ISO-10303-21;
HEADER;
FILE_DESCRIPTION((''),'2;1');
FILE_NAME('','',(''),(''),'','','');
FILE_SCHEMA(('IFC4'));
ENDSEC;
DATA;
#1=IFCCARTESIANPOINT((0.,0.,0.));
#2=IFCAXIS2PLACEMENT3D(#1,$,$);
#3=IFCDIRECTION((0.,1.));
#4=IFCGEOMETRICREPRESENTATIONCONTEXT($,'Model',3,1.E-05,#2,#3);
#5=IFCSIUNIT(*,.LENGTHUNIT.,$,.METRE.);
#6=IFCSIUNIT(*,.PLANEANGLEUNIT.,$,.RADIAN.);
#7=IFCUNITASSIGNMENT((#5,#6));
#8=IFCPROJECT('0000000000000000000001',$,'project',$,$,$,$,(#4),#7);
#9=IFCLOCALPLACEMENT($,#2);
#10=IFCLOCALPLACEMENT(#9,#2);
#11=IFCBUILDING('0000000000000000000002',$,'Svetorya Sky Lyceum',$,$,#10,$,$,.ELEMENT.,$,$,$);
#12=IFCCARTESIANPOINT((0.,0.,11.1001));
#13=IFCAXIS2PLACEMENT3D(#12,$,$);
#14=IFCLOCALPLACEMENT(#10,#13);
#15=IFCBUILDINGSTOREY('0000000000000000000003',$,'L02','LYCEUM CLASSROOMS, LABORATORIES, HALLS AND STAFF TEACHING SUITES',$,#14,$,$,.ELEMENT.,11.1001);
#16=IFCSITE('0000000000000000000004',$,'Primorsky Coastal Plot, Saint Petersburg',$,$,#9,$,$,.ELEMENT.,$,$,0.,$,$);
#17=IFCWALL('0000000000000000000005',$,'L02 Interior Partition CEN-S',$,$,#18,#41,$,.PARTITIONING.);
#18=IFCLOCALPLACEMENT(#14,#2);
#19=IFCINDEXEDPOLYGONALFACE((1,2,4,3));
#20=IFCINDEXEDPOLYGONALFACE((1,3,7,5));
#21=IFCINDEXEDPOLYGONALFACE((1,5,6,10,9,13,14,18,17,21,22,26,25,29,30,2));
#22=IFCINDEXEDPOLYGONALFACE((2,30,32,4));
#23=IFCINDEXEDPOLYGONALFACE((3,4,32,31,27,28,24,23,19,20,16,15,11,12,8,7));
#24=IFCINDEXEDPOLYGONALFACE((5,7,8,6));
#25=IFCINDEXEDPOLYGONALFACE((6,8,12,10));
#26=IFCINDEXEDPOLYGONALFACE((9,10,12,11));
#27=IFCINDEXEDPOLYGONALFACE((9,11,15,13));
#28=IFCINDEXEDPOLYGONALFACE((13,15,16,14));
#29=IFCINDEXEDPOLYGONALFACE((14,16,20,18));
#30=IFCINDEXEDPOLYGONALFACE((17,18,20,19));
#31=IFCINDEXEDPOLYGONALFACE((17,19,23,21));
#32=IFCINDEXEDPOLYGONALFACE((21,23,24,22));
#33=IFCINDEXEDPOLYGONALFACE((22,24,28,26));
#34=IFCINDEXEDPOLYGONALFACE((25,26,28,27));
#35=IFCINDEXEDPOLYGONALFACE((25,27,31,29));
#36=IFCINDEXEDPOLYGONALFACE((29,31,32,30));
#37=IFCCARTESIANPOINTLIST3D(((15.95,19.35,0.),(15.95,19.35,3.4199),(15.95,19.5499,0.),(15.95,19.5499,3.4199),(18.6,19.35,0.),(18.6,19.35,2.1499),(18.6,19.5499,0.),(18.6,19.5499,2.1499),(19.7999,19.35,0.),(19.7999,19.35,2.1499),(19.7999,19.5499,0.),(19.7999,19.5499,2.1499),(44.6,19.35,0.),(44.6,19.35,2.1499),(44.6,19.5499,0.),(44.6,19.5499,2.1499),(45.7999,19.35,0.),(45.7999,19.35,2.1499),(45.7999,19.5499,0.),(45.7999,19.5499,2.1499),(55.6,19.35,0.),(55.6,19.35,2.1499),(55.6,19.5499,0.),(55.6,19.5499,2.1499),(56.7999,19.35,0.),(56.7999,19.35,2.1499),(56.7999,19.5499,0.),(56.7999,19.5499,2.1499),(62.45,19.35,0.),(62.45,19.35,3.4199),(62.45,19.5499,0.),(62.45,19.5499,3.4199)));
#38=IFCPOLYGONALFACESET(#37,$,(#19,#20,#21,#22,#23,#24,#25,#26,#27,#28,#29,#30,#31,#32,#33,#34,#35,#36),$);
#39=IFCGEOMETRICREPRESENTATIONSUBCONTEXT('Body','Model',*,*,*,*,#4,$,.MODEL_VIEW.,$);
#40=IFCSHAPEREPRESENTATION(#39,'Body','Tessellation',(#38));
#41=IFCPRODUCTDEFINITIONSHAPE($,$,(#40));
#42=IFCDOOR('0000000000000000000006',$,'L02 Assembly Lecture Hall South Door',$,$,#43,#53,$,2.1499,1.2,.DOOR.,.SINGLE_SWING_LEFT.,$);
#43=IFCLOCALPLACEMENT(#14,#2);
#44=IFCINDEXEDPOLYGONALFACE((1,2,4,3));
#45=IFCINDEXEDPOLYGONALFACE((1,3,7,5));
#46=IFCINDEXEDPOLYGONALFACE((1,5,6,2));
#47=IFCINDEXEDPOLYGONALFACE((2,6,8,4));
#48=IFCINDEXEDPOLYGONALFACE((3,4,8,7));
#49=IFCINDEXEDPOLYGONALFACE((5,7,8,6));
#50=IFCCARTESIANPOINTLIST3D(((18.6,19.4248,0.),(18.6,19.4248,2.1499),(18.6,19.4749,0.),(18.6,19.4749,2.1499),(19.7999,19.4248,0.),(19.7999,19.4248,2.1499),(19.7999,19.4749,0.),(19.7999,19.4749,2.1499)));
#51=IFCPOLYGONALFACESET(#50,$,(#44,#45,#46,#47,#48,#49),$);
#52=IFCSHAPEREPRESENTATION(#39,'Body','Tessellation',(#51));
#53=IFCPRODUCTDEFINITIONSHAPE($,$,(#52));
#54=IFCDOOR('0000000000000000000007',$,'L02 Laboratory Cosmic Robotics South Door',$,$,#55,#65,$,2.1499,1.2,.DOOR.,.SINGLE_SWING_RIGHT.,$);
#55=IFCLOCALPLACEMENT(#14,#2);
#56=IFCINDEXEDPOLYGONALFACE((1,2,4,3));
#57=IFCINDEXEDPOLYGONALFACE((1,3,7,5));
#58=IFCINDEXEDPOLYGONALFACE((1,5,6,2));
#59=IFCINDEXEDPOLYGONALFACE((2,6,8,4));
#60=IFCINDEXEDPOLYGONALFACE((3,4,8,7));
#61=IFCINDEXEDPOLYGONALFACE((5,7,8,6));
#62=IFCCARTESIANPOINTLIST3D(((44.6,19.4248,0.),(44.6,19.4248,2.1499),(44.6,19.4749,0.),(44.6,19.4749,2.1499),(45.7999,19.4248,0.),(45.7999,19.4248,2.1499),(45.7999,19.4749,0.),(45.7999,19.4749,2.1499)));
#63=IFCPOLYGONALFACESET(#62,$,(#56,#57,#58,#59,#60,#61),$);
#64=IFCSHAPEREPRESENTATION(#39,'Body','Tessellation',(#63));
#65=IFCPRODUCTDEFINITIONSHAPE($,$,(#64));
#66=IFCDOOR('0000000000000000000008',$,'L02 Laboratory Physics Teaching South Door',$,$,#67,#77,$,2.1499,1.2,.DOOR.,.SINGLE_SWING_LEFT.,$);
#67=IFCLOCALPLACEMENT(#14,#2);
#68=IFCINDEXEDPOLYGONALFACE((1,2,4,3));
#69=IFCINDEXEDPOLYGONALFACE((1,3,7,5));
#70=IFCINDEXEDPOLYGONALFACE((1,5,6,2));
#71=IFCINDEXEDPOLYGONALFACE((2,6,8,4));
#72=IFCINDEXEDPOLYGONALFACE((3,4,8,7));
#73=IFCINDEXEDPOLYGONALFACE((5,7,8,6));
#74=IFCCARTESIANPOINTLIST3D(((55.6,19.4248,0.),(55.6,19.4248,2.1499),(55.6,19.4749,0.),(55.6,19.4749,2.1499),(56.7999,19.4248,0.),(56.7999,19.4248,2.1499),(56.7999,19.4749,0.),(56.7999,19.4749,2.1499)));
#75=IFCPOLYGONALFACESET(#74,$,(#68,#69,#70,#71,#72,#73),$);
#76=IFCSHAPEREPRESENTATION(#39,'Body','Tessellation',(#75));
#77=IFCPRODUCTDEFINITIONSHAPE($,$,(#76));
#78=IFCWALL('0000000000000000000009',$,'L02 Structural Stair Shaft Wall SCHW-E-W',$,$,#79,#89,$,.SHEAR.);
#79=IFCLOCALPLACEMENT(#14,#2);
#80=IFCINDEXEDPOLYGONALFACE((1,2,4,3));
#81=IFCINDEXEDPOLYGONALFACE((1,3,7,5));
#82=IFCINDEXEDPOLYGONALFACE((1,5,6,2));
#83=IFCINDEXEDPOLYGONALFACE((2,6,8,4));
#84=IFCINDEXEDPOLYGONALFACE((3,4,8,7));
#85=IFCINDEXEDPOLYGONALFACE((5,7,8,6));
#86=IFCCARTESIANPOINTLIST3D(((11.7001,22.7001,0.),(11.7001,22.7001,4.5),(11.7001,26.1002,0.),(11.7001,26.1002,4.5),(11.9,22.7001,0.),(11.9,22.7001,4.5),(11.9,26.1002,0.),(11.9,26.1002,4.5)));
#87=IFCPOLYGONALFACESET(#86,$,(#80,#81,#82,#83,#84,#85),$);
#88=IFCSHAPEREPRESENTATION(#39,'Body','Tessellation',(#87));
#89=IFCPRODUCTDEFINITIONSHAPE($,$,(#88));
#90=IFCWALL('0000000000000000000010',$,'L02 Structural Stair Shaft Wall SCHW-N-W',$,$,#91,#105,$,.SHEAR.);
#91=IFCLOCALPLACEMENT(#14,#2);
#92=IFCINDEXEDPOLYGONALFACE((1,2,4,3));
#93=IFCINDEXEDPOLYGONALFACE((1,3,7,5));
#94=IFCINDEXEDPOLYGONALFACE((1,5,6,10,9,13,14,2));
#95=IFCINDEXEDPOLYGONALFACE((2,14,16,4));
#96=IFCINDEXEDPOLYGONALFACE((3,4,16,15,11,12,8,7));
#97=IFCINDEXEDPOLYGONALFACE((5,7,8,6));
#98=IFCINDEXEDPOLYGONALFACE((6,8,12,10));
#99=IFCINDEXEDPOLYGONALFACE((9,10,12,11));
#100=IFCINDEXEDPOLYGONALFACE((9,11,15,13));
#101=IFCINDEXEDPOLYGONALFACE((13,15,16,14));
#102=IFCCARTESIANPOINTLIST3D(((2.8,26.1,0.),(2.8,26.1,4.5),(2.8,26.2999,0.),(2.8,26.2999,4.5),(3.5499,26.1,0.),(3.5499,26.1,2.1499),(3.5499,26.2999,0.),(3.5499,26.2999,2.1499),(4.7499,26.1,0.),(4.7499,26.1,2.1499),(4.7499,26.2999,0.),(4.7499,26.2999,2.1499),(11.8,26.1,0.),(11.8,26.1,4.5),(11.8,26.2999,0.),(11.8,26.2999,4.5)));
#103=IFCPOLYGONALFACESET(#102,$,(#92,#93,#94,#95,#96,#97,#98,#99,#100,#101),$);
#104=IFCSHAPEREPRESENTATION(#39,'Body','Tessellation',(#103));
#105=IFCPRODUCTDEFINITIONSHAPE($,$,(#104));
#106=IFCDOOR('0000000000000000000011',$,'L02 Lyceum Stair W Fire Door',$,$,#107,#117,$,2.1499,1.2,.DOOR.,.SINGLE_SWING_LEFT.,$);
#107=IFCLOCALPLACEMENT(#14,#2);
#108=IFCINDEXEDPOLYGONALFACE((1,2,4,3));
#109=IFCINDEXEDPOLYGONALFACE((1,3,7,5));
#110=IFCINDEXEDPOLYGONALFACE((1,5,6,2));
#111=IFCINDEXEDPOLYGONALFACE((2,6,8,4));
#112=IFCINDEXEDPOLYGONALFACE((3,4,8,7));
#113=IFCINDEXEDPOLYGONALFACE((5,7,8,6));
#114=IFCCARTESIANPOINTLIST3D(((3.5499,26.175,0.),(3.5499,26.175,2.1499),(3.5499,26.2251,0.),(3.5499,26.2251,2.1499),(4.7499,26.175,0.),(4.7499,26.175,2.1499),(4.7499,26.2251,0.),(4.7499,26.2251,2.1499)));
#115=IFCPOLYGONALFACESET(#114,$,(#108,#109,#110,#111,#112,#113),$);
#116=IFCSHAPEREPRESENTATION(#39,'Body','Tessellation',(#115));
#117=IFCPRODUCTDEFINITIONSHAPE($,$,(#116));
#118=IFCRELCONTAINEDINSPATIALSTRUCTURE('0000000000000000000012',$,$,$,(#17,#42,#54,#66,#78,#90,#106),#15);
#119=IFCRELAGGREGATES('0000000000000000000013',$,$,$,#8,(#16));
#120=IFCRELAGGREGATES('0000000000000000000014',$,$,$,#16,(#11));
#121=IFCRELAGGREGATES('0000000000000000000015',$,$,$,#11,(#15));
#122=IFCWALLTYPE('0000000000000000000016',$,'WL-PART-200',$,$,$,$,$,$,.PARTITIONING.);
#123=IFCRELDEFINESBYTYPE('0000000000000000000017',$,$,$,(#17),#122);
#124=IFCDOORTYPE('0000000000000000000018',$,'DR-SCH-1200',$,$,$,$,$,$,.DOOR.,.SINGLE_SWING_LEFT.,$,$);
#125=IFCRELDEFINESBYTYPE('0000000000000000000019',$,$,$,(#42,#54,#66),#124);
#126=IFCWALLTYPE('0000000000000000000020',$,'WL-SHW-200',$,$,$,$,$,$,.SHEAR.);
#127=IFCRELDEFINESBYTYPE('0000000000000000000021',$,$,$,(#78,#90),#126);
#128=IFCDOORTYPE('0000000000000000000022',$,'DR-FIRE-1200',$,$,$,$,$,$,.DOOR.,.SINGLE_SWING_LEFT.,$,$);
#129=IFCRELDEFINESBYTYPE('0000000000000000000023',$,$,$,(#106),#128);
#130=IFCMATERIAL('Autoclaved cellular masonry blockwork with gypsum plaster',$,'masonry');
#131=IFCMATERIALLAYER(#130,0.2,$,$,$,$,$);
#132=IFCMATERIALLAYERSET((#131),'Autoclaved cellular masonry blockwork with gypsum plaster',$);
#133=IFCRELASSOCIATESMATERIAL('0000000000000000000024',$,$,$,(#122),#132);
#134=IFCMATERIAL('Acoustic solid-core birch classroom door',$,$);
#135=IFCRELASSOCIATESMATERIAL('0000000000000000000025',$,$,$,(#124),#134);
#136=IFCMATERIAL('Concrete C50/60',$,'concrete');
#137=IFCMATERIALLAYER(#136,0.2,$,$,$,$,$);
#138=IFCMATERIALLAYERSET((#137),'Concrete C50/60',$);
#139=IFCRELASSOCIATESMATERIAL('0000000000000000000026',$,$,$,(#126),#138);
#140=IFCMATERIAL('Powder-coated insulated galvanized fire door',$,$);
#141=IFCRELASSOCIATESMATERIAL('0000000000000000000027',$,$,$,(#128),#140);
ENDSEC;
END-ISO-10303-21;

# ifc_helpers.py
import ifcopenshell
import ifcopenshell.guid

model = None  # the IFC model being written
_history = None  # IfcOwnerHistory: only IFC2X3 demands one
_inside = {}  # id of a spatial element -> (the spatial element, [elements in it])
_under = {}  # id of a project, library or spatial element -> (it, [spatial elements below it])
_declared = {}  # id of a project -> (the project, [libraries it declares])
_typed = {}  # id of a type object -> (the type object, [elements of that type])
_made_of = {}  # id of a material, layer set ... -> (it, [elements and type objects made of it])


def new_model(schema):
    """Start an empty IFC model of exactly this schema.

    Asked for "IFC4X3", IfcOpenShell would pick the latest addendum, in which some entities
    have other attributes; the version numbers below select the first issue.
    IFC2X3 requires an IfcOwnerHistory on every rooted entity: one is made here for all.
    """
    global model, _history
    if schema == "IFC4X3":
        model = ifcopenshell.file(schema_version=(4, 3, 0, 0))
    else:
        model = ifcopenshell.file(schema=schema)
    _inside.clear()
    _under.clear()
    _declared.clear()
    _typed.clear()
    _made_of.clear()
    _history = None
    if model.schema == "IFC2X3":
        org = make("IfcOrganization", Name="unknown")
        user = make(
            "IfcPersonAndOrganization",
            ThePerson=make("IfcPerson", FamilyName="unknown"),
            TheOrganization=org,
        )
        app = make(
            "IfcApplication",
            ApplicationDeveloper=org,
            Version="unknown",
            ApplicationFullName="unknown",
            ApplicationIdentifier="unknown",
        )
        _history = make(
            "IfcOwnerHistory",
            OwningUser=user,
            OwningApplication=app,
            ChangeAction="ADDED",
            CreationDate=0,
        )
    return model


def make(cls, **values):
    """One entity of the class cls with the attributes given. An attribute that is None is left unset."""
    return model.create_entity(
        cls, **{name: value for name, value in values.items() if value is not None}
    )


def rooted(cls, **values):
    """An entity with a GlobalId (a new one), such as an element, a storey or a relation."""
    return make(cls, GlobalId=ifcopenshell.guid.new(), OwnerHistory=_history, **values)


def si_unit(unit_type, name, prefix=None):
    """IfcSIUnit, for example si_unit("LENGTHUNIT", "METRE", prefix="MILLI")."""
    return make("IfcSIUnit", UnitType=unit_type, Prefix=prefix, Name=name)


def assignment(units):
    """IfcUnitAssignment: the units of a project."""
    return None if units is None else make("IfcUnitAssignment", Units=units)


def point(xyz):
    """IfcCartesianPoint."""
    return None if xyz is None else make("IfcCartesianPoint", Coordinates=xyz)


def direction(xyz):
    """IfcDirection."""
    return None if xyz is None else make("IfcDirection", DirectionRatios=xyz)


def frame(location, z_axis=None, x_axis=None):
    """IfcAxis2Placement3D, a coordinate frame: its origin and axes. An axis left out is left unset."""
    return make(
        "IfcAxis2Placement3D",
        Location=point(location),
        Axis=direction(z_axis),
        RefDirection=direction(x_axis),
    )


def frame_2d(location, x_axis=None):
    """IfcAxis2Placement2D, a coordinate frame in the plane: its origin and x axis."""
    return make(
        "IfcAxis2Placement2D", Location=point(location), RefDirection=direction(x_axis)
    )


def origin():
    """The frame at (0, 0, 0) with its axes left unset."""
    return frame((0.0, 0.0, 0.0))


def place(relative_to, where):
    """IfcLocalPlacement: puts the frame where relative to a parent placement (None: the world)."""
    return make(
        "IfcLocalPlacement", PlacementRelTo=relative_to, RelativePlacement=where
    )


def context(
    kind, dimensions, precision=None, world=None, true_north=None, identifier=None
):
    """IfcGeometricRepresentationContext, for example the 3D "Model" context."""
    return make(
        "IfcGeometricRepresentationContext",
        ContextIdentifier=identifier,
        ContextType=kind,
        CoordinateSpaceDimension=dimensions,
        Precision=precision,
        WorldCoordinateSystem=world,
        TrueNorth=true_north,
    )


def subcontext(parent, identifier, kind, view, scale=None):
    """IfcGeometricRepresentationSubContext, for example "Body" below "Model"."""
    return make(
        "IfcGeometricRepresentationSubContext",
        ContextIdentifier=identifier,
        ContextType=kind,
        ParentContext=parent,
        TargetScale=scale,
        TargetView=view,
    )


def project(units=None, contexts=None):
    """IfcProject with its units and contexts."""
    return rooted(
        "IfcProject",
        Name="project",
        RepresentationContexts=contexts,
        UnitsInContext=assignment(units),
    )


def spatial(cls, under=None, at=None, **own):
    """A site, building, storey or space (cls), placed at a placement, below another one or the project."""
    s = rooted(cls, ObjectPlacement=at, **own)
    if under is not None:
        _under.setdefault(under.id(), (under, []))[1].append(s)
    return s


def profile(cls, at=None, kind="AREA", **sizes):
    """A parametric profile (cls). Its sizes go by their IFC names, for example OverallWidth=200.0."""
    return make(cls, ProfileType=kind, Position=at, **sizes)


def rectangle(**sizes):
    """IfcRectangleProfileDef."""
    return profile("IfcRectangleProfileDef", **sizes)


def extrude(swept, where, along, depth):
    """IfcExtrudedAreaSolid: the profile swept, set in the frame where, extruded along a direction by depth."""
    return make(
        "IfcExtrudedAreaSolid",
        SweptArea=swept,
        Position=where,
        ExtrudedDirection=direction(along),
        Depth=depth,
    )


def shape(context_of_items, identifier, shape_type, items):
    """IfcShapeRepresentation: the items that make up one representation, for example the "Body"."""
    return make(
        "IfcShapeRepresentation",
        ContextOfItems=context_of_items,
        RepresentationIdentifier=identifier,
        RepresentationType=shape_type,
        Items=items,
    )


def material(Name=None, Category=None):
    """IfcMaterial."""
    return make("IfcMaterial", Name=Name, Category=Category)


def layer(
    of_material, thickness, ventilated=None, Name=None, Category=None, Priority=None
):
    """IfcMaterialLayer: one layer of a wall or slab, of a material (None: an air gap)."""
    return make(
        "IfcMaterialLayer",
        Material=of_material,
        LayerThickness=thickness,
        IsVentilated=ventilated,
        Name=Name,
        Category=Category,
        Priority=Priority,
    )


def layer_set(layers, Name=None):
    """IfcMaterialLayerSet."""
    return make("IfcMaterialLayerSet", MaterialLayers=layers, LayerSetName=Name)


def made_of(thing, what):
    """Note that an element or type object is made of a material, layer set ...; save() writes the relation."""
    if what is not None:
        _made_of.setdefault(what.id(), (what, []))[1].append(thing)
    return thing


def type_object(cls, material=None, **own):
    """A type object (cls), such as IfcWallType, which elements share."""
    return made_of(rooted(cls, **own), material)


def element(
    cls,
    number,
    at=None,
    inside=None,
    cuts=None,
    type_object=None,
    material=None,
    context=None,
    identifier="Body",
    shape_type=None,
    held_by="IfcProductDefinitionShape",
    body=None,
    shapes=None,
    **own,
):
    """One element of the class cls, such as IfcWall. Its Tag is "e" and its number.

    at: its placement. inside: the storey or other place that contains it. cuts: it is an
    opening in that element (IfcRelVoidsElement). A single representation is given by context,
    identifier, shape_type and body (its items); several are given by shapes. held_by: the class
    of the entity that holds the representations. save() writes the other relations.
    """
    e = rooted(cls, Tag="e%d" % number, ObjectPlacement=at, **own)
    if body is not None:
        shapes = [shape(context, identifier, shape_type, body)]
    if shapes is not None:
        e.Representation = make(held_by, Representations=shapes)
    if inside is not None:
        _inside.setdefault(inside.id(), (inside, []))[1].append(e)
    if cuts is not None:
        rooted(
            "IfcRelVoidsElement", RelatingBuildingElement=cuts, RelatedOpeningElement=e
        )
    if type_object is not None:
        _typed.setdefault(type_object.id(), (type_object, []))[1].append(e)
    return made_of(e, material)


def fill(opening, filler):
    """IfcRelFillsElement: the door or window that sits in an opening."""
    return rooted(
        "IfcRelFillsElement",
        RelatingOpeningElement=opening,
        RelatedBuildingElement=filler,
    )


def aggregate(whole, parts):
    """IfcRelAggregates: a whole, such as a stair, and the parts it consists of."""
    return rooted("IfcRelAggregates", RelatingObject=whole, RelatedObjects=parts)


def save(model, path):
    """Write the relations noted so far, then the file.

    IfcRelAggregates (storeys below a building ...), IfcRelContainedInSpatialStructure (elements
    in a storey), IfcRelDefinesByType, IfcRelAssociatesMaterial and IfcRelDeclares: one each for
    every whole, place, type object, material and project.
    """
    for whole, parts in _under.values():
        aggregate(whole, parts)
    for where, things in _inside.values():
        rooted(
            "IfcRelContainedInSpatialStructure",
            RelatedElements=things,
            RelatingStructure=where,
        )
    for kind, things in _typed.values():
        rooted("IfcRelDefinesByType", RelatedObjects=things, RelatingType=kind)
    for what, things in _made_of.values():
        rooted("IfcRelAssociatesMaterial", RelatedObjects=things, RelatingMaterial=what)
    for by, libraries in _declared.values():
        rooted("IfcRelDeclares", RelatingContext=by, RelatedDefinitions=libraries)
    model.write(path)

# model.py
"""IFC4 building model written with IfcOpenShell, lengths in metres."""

from ifc_helpers import new_model, si_unit, direction, frame, frame_2d, origin, place, context, subcontext, project, spatial, rectangle, extrude, material, layer, layer_set, type_object, element, fill, save


model = new_model("IFC4")

# Units and contexts
model_context = context("Model", 3, precision=1e-05, world=origin(), true_north=direction((0.0, 1.0)))
body_context = subcontext(model_context, "Body", "Model", "MODEL_VIEW")
ifc_project = project(units=[si_unit("LENGTHUNIT", "METRE"), si_unit("PLANEANGLEUNIT", "RADIAN")], contexts=[model_context])

# Site, building, storey
site_placement = place(None, origin())
site = spatial("IfcSite", under=ifc_project, at=site_placement, Name="Primorsky Coastal Plot, Saint Petersburg", CompositionType="ELEMENT", RefElevation=0.0)
building_placement = place(site_placement, origin())
building = spatial("IfcBuilding", under=site, at=building_placement, Name="Svetorya Sky Lyceum", CompositionType="ELEMENT")
storey_placement = place(building_placement, frame((0.0, 0.0, 11.1001)))
storey = spatial("IfcBuildingStorey", under=building, at=storey_placement, Name="L02", Description="LYCEUM CLASSROOMS, LABORATORIES, HALLS AND STAFF TEACHING SUITES", CompositionType="ELEMENT", Elevation=11.1001)

# Shared definitions
ifc_material_1 = material(Name="Autoclaved cellular masonry blockwork with gypsum plaster", Category="masonry")
ifc_layer_1 = layer(ifc_material_1, 0.2)
ifc_layer_set_1 = layer_set([ifc_layer_1], Name="Autoclaved cellular masonry blockwork with gypsum plaster")
wall_type_1 = type_object("IfcWallType", Name="WL-PART-200", PredefinedType="PARTITIONING", material=ifc_layer_set_1)

# Wall, openings, doors
wall_1_placement = place(storey_placement, frame((15.95, 19.45, 0.0), z_axis=(0.0, 0.0, 1.0), x_axis=(1.0, 0.0, 0.0)))
wall_1 = element("IfcWall", 1, at=wall_1_placement, inside=storey, type_object=wall_type_1, Name="L02 Interior Partition CEN-S", PredefinedType="PARTITIONING", context=body_context, shape_type="SweptSolid", body=[
    extrude(rectangle(XDim=46.5, YDim=0.2, at=frame_2d((23.25, 0.0))), origin(), (0.0, 0.0, 1.0), 3.4199),
])
opening_1_placement = place(wall_1_placement, frame((2.6499, 0.0, 0.0)))
opening_1 = element("IfcOpeningElement", 2, at=opening_1_placement, cuts=wall_1, PredefinedType="OPENING", context=body_context, shape_type="SweptSolid", body=[
    extrude(rectangle(XDim=1.2, YDim=2.1499, at=frame_2d((0.6001, 1.075))), frame((0.0, 0.1099, 0.0), z_axis=(0.0, -1.0, 0.0), x_axis=(1.0, 0.0, 0.0)), (0.0, 0.0, 1.0), 0.22),
])
opening_2_placement = place(wall_1_placement, frame((28.6499, 0.0, 0.0)))
opening_2 = element("IfcOpeningElement", 3, at=opening_2_placement, cuts=wall_1, PredefinedType="OPENING", context=body_context, shape_type="SweptSolid", body=[
    extrude(rectangle(XDim=1.2, YDim=2.1499, at=frame_2d((0.6001, 1.075))), frame((0.0, 0.1099, 0.0), z_axis=(0.0, -1.0, 0.0), x_axis=(1.0, 0.0, 0.0)), (0.0, 0.0, 1.0), 0.22),
])
opening_3_placement = place(wall_1_placement, frame((39.6499, 0.0, 0.0)))
opening_3 = element("IfcOpeningElement", 4, at=opening_3_placement, cuts=wall_1, PredefinedType="OPENING", context=body_context, shape_type="SweptSolid", body=[
    extrude(rectangle(XDim=1.2, YDim=2.1499, at=frame_2d((0.6001, 1.075))), frame((0.0, 0.1099, 0.0), z_axis=(0.0, -1.0, 0.0), x_axis=(1.0, 0.0, 0.0)), (0.0, 0.0, 1.0), 0.22),
])
ifc_material_2 = material(Name="Acoustic solid-core birch classroom door")
door_type_1 = type_object("IfcDoorType", Name="DR-SCH-1200", OperationType="SINGLE_SWING_LEFT", PredefinedType="DOOR", material=ifc_material_2)
door_1_placement = place(opening_1_placement, origin())
door_1 = element("IfcDoor", 5, at=door_1_placement, inside=storey, type_object=door_type_1, Name="L02 Assembly Lecture Hall South Door", OperationType="SINGLE_SWING_LEFT", OverallHeight=2.1499, OverallWidth=1.2, PredefinedType="DOOR", context=body_context, shape_type="SweptSolid", body=[
    extrude(rectangle(XDim=1.2, YDim=2.1499, at=frame_2d((0.6001, 1.075))), frame((0.0, 0.0249, 0.0), z_axis=(0.0, -1.0, 0.0), x_axis=(1.0, 0.0, 0.0)), (0.0, 0.0, 1.0), 0.05),
])
fill(opening_1, door_1)
door_2_placement = place(opening_2_placement, origin())
door_2 = element("IfcDoor", 6, at=door_2_placement, inside=storey, type_object=door_type_1, Name="L02 Laboratory Cosmic Robotics South Door", OperationType="SINGLE_SWING_RIGHT", OverallHeight=2.1499, OverallWidth=1.2, PredefinedType="DOOR", context=body_context, shape_type="SweptSolid", body=[
    extrude(rectangle(XDim=1.2, YDim=2.1499, at=frame_2d((0.6001, 1.075))), frame((0.0, 0.0249, 0.0), z_axis=(0.0, -1.0, 0.0), x_axis=(1.0, 0.0, 0.0)), (0.0, 0.0, 1.0), 0.05),
])
fill(opening_2, door_2)
door_3_placement = place(opening_3_placement, origin())
door_3 = element("IfcDoor", 7, at=door_3_placement, inside=storey, type_object=door_type_1, Name="L02 Laboratory Physics Teaching South Door", OperationType="SINGLE_SWING_LEFT", OverallHeight=2.1499, OverallWidth=1.2, PredefinedType="DOOR", context=body_context, shape_type="SweptSolid", body=[
    extrude(rectangle(XDim=1.2, YDim=2.1499, at=frame_2d((0.6001, 1.075))), frame((0.0, 0.0249, 0.0), z_axis=(0.0, -1.0, 0.0), x_axis=(1.0, 0.0, 0.0)), (0.0, 0.0, 1.0), 0.05),
])
fill(opening_3, door_3)

# Wall
ifc_material_3 = material(Name="Concrete C50/60", Category="concrete")
ifc_layer_2 = layer(ifc_material_3, 0.2)
ifc_layer_set_2 = layer_set([ifc_layer_2], Name="Concrete C50/60")
wall_type_2 = type_object("IfcWallType", Name="WL-SHW-200", PredefinedType="SHEAR", material=ifc_layer_set_2)
wall_2_placement = place(storey_placement, frame((11.8, 22.7, 0.0), z_axis=(0.0, 0.0, 1.0), x_axis=(0.0, 1.0, 0.0)))
element("IfcWall", 8, at=wall_2_placement, inside=storey, type_object=wall_type_2, Name="L02 Structural Stair Shaft Wall SCHW-E-W", PredefinedType="SHEAR", context=body_context, shape_type="SweptSolid", body=[
    extrude(rectangle(XDim=3.4001, YDim=0.2, at=frame_2d((1.7002, 0.0))), origin(), (0.0, 0.0, 1.0), 4.5),
])

# Wall, opening, door
wall_3_placement = place(storey_placement, frame((11.8, 26.2, 0.0), z_axis=(0.0, 0.0, 1.0), x_axis=(-1.0, 0.0, 0.0)))
wall_3 = element("IfcWall", 9, at=wall_3_placement, inside=storey, type_object=wall_type_2, Name="L02 Structural Stair Shaft Wall SCHW-N-W", PredefinedType="SHEAR", context=body_context, shape_type="SweptSolid", body=[
    extrude(rectangle(XDim=9.0, YDim=0.2, at=frame_2d((4.5, 0.0))), origin(), (0.0, 0.0, 1.0), 4.5),
])
opening_4_placement = place(wall_3_placement, frame((7.05, 0.0, 0.0)))
opening_4 = element("IfcOpeningElement", 10, at=opening_4_placement, cuts=wall_3, PredefinedType="OPENING", context=body_context, shape_type="SweptSolid", body=[
    extrude(rectangle(XDim=1.2, YDim=2.1499, at=frame_2d((0.6001, 1.075))), frame((0.0, 0.1099, 0.0), z_axis=(0.0, -1.0, 0.0), x_axis=(1.0, 0.0, 0.0)), (0.0, 0.0, 1.0), 0.22),
])
ifc_material_4 = material(Name="Powder-coated insulated galvanized fire door")
door_type_2 = type_object("IfcDoorType", Name="DR-FIRE-1200", OperationType="SINGLE_SWING_LEFT", PredefinedType="DOOR", material=ifc_material_4)
door_4_placement = place(opening_4_placement, origin())
door_4 = element("IfcDoor", 11, at=door_4_placement, inside=storey, type_object=door_type_2, Name="L02 Lyceum Stair W Fire Door", OperationType="SINGLE_SWING_LEFT", OverallHeight=2.1499, OverallWidth=1.2, PredefinedType="DOOR", context=body_context, shape_type="SweptSolid", body=[
    extrude(rectangle(XDim=1.2, YDim=2.1499, at=frame_2d((0.6001, 1.075))), frame((0.0, 0.0249, 0.0), z_axis=(0.0, -1.0, 0.0), x_axis=(1.0, 0.0, 0.0)), (0.0, 0.0, 1.0), 0.05),
])
fill(opening_4, door_4)

save(model, "model.ifc")
